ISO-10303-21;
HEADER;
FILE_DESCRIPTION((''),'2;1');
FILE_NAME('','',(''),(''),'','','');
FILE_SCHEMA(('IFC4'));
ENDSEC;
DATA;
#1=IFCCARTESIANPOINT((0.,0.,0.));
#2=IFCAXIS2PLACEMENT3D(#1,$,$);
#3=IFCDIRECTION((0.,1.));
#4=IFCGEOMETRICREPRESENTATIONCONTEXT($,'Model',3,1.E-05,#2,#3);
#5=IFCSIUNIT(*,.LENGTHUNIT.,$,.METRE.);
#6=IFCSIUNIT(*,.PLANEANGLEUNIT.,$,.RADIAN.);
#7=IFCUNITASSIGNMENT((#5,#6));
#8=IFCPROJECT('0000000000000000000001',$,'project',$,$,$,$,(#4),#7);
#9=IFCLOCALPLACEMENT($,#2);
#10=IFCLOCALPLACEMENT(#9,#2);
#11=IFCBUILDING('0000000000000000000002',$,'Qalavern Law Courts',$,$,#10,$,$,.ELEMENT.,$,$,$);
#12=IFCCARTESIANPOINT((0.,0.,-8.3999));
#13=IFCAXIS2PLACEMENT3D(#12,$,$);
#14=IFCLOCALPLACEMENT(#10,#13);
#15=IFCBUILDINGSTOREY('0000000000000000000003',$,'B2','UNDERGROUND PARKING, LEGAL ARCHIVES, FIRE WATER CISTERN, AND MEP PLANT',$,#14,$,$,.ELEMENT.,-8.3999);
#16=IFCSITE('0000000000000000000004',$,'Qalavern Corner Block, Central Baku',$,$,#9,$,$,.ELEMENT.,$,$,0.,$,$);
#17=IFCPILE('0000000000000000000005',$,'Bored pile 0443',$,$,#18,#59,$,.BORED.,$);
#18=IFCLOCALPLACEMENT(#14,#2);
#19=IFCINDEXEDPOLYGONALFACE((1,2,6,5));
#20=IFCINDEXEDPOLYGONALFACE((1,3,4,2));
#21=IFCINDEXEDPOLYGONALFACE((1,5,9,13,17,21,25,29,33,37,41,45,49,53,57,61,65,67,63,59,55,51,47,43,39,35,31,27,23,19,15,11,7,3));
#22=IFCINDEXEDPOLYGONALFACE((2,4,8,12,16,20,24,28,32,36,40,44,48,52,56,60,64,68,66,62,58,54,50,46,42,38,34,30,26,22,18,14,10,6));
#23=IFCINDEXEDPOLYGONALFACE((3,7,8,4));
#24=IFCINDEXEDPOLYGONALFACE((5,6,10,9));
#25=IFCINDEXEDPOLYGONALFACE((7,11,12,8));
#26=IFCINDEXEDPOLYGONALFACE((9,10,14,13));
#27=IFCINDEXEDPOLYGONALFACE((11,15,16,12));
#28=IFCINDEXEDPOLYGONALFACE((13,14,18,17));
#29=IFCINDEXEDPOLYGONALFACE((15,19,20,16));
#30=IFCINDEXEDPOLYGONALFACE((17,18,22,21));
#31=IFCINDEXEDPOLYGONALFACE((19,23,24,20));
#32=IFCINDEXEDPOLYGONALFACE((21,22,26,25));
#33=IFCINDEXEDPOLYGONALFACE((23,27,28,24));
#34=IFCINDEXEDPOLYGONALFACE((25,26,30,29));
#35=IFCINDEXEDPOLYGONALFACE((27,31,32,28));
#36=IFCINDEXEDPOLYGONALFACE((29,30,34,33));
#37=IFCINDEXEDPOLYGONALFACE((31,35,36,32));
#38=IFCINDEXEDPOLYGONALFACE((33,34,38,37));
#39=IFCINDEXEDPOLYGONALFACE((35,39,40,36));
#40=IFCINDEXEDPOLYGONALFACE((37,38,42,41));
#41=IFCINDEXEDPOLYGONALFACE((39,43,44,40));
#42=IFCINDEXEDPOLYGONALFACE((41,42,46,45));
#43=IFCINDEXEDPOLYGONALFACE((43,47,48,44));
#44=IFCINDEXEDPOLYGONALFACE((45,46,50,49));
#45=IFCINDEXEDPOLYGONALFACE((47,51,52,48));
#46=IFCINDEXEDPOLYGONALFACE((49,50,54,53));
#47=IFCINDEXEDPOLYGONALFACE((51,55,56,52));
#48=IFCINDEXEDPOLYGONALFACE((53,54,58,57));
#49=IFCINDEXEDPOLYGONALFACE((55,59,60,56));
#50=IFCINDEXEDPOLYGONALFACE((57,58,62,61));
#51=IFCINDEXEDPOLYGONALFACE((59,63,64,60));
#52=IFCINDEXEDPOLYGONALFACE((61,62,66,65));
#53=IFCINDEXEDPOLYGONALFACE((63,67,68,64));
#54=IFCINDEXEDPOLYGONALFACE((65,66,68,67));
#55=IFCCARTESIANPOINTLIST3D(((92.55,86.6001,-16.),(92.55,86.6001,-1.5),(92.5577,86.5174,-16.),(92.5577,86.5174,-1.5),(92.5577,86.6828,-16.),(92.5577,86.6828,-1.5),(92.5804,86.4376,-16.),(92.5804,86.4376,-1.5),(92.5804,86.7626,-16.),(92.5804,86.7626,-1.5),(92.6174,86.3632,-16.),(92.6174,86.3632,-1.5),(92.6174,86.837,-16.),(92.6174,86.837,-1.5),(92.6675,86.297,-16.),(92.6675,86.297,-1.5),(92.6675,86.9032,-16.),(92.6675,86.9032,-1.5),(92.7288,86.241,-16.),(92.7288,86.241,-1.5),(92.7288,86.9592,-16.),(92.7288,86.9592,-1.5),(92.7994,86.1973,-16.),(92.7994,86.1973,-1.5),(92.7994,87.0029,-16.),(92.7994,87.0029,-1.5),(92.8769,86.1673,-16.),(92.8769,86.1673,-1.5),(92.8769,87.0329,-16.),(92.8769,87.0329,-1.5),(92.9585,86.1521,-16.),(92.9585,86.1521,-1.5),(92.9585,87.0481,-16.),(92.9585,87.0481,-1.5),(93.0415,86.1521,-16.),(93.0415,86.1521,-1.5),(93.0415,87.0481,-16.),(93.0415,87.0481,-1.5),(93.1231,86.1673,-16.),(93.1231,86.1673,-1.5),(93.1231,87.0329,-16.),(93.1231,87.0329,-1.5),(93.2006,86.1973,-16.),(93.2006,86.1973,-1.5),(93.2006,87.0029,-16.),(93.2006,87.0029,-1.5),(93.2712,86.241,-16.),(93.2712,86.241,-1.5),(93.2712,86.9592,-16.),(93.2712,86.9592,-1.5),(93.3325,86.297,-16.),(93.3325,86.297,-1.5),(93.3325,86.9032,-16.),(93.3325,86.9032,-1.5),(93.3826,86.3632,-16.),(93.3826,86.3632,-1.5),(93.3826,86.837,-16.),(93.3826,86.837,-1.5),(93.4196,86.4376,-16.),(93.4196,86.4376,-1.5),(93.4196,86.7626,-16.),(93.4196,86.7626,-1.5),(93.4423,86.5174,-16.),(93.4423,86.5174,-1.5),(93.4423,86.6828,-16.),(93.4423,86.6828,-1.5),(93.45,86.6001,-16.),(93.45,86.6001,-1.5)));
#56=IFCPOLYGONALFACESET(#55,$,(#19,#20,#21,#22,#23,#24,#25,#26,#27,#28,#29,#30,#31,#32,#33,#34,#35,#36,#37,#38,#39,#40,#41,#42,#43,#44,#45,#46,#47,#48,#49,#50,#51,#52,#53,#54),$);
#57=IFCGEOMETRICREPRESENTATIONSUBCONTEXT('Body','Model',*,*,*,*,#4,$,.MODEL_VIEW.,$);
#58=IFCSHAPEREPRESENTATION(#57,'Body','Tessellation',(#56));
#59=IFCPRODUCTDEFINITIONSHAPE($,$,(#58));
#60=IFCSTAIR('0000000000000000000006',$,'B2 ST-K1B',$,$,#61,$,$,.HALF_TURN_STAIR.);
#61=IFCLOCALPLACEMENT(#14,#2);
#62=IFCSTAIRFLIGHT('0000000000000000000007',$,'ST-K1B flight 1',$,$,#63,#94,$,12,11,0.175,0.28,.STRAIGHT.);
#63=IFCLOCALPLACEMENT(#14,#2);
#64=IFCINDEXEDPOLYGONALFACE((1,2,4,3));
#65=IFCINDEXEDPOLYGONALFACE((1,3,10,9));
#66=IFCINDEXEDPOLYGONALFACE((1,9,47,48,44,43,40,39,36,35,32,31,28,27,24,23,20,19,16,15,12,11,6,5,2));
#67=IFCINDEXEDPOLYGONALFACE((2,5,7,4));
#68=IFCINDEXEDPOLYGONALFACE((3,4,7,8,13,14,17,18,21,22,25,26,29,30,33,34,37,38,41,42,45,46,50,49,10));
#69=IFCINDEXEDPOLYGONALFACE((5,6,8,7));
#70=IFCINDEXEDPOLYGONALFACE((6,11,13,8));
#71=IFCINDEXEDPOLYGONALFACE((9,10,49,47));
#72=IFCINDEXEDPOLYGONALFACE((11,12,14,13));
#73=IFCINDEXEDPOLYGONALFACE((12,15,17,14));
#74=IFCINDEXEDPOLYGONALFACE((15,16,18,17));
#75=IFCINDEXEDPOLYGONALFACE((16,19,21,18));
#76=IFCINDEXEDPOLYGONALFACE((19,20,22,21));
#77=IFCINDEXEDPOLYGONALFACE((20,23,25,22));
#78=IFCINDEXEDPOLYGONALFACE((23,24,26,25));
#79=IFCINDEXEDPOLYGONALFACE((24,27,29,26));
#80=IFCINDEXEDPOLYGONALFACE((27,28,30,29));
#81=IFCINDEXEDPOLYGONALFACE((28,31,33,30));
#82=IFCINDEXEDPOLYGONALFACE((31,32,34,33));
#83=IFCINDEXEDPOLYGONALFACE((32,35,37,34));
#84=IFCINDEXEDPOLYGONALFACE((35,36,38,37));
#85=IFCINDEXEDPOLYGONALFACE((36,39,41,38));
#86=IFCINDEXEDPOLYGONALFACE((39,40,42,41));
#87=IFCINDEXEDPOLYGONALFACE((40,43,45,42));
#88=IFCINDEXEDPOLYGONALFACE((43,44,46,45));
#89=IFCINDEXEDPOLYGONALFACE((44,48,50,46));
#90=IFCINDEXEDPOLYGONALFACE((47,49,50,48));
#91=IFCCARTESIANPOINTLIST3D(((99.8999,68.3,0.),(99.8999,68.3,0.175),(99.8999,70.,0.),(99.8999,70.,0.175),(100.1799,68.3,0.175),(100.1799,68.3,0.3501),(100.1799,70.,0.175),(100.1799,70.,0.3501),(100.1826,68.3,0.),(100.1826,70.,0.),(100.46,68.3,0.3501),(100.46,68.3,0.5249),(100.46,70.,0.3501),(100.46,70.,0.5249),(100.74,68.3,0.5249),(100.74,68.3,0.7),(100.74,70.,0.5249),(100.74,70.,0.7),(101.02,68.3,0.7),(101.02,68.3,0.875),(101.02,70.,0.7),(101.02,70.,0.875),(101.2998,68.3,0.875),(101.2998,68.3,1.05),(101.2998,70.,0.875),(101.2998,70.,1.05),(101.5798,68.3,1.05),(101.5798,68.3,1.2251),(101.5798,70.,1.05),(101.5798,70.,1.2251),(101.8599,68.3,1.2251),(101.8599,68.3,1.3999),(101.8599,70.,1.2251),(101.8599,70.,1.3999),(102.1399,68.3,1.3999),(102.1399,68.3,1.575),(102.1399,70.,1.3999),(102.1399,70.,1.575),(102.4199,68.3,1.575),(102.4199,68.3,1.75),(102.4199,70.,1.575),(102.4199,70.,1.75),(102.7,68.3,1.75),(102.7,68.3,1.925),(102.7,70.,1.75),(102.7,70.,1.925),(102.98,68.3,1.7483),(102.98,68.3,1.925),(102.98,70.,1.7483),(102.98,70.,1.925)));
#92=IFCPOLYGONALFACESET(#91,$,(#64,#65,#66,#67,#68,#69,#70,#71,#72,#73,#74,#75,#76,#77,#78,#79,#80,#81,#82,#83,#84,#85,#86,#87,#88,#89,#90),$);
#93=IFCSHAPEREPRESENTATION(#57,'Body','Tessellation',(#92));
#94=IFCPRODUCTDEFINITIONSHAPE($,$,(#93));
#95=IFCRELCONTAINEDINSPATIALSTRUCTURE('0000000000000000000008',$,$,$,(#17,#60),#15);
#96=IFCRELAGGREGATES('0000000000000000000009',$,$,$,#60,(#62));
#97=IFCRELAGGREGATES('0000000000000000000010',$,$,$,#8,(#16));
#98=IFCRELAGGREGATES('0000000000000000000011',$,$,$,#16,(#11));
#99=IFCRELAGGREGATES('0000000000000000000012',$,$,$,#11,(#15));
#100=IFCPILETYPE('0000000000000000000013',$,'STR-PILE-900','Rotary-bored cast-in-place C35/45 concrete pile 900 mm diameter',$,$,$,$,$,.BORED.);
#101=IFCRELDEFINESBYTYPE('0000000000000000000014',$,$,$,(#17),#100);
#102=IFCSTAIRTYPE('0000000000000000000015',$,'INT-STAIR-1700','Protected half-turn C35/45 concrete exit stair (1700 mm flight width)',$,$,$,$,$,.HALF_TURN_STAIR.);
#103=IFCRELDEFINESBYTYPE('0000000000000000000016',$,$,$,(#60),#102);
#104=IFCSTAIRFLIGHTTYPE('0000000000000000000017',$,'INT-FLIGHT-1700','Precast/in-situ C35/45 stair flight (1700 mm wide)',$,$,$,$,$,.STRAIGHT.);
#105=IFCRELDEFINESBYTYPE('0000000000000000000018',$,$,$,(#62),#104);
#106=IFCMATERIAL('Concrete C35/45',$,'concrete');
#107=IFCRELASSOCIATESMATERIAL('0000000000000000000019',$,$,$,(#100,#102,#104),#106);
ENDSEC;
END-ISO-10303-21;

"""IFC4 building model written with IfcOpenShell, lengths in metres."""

from ifc_helpers import new_model, si_unit, direction, frame, origin, origin_2d, place, context, subcontext, project, spatial, polyline, circle, outline, extrude, material, material_profile, profile_set, type_object, element, aggregate, save


model = new_model("IFC4")

# Units and contexts
model_context = context("Model", 3, precision=1e-05, world=origin(), true_north=direction((0.0, 1.0)))
body_context = subcontext(model_context, "Body", "Model", "MODEL_VIEW")
ifc_project = project(units=[si_unit("LENGTHUNIT", "METRE"), si_unit("PLANEANGLEUNIT", "RADIAN")], contexts=[model_context])

# Site, building, storey
site_placement = place(None, origin())
site = spatial("IfcSite", under=ifc_project, at=site_placement, Name="Qalavern Corner Block, Central Baku", CompositionType="ELEMENT", RefElevation=0.0)
building_placement = place(site_placement, origin())
building = spatial("IfcBuilding", under=site, at=building_placement, Name="Qalavern Law Courts", CompositionType="ELEMENT")
storey_placement = place(building_placement, frame((0.0, 0.0, -8.3999)))
storey = spatial("IfcBuildingStorey", under=building, at=storey_placement, Name="B2", Description="UNDERGROUND PARKING, LEGAL ARCHIVES, FIRE WATER CISTERN, AND MEP PLANT", CompositionType="ELEMENT", Elevation=-8.3999)

# Shared definitions
ifc_material_1 = material(Name="Concrete C35/45", Category="concrete")

# Pile
ifc_material_profile_1 = material_profile(ifc_material_1, circle(Radius=0.45, at=origin_2d()), Name="BORED PILE 900")
ifc_profile_set_1 = profile_set([ifc_material_profile_1], Name="Concrete C35/45")
pile_type_1 = type_object("IfcPileType", Name="STR-PILE-900", Description="Rotary-bored cast-in-place C35/45 concrete pile 900 mm diameter", PredefinedType="BORED", material=ifc_profile_set_1)
for number, where, z_axis, x_axis, name in (
    (1, (93.0, 86.6001, -1.5), (0.0, 0.0, -1.0), (1.0, 0.0, 0.0), "Bored pile 0443"),
):
    element("IfcPile", number, at=place(storey_placement, frame(where, z_axis=z_axis, x_axis=x_axis)), inside=storey, type_object=pile_type_1, Name=name, PredefinedType="BORED", context=body_context, shape_type="SweptSolid", body=[
        extrude(circle(Radius=0.45, at=origin_2d()), origin(), (0.0, 0.0, 1.0), 14.5),
    ])

# Stair, stair flight
stair_type = type_object("IfcStairType", Name="INT-STAIR-1700", Description="Protected half-turn C35/45 concrete exit stair (1700 mm flight width)", PredefinedType="HALF_TURN_STAIR", material=ifc_material_1)
stair_placement = place(storey_placement, origin())
stair = element("IfcStair", 2, at=stair_placement, inside=storey, type_object=stair_type, Name="B2 ST-K1B", PredefinedType="HALF_TURN_STAIR")
stair_flight_type = type_object("IfcStairFlightType", Name="INT-FLIGHT-1700", Description="Precast/in-situ C35/45 stair flight (1700 mm wide)", PredefinedType="STRAIGHT", material=ifc_material_1)
stair_flight_placement = place(storey_placement, frame((99.8999, 69.1499, 0.0), z_axis=(0.0, 0.0, 1.0), x_axis=(1.0, 0.0, 0.0)))
stair_flight = element("IfcStairFlight", 3, at=stair_flight_placement, type_object=stair_flight_type, Name="ST-K1B flight 1", NumberOfRisers=12, NumberOfTreads=11, PredefinedType="STRAIGHT", RiserHeight=0.175, TreadLength=0.28, context=body_context, shape_type="SweptSolid", body=[
    extrude(outline(polyline([(0.0, 0.0), (0.0, 0.175), (0.28, 0.175), (0.28, 0.3501), (0.5601, 0.3501), (0.5601, 0.5249), (0.8401, 0.5249), (0.8401, 0.7), (1.1201, 0.7), (1.1201, 0.875), (1.3999, 0.875), (1.3999, 1.05), (1.6799, 1.05), (1.6799, 1.2251), (1.96, 1.2251), (1.96, 1.3999), (2.24, 1.3999), (2.24, 1.575), (2.52, 1.575), (2.52, 1.75), (2.8, 1.75), (2.8, 1.925), (3.0801, 1.925), (3.0801, 2.1001), (3.0801, 1.7483), (0.2827, 0.0), (0.0, 0.0)])), frame((0.0, 0.8501, 0.0), z_axis=(0.0, -1.0, 0.0), x_axis=(1.0, 0.0, 0.0)), (0.0, 0.0, 1.0), 1.7),
])
aggregate(stair, [stair_flight])

save(model, "model.ifc")
